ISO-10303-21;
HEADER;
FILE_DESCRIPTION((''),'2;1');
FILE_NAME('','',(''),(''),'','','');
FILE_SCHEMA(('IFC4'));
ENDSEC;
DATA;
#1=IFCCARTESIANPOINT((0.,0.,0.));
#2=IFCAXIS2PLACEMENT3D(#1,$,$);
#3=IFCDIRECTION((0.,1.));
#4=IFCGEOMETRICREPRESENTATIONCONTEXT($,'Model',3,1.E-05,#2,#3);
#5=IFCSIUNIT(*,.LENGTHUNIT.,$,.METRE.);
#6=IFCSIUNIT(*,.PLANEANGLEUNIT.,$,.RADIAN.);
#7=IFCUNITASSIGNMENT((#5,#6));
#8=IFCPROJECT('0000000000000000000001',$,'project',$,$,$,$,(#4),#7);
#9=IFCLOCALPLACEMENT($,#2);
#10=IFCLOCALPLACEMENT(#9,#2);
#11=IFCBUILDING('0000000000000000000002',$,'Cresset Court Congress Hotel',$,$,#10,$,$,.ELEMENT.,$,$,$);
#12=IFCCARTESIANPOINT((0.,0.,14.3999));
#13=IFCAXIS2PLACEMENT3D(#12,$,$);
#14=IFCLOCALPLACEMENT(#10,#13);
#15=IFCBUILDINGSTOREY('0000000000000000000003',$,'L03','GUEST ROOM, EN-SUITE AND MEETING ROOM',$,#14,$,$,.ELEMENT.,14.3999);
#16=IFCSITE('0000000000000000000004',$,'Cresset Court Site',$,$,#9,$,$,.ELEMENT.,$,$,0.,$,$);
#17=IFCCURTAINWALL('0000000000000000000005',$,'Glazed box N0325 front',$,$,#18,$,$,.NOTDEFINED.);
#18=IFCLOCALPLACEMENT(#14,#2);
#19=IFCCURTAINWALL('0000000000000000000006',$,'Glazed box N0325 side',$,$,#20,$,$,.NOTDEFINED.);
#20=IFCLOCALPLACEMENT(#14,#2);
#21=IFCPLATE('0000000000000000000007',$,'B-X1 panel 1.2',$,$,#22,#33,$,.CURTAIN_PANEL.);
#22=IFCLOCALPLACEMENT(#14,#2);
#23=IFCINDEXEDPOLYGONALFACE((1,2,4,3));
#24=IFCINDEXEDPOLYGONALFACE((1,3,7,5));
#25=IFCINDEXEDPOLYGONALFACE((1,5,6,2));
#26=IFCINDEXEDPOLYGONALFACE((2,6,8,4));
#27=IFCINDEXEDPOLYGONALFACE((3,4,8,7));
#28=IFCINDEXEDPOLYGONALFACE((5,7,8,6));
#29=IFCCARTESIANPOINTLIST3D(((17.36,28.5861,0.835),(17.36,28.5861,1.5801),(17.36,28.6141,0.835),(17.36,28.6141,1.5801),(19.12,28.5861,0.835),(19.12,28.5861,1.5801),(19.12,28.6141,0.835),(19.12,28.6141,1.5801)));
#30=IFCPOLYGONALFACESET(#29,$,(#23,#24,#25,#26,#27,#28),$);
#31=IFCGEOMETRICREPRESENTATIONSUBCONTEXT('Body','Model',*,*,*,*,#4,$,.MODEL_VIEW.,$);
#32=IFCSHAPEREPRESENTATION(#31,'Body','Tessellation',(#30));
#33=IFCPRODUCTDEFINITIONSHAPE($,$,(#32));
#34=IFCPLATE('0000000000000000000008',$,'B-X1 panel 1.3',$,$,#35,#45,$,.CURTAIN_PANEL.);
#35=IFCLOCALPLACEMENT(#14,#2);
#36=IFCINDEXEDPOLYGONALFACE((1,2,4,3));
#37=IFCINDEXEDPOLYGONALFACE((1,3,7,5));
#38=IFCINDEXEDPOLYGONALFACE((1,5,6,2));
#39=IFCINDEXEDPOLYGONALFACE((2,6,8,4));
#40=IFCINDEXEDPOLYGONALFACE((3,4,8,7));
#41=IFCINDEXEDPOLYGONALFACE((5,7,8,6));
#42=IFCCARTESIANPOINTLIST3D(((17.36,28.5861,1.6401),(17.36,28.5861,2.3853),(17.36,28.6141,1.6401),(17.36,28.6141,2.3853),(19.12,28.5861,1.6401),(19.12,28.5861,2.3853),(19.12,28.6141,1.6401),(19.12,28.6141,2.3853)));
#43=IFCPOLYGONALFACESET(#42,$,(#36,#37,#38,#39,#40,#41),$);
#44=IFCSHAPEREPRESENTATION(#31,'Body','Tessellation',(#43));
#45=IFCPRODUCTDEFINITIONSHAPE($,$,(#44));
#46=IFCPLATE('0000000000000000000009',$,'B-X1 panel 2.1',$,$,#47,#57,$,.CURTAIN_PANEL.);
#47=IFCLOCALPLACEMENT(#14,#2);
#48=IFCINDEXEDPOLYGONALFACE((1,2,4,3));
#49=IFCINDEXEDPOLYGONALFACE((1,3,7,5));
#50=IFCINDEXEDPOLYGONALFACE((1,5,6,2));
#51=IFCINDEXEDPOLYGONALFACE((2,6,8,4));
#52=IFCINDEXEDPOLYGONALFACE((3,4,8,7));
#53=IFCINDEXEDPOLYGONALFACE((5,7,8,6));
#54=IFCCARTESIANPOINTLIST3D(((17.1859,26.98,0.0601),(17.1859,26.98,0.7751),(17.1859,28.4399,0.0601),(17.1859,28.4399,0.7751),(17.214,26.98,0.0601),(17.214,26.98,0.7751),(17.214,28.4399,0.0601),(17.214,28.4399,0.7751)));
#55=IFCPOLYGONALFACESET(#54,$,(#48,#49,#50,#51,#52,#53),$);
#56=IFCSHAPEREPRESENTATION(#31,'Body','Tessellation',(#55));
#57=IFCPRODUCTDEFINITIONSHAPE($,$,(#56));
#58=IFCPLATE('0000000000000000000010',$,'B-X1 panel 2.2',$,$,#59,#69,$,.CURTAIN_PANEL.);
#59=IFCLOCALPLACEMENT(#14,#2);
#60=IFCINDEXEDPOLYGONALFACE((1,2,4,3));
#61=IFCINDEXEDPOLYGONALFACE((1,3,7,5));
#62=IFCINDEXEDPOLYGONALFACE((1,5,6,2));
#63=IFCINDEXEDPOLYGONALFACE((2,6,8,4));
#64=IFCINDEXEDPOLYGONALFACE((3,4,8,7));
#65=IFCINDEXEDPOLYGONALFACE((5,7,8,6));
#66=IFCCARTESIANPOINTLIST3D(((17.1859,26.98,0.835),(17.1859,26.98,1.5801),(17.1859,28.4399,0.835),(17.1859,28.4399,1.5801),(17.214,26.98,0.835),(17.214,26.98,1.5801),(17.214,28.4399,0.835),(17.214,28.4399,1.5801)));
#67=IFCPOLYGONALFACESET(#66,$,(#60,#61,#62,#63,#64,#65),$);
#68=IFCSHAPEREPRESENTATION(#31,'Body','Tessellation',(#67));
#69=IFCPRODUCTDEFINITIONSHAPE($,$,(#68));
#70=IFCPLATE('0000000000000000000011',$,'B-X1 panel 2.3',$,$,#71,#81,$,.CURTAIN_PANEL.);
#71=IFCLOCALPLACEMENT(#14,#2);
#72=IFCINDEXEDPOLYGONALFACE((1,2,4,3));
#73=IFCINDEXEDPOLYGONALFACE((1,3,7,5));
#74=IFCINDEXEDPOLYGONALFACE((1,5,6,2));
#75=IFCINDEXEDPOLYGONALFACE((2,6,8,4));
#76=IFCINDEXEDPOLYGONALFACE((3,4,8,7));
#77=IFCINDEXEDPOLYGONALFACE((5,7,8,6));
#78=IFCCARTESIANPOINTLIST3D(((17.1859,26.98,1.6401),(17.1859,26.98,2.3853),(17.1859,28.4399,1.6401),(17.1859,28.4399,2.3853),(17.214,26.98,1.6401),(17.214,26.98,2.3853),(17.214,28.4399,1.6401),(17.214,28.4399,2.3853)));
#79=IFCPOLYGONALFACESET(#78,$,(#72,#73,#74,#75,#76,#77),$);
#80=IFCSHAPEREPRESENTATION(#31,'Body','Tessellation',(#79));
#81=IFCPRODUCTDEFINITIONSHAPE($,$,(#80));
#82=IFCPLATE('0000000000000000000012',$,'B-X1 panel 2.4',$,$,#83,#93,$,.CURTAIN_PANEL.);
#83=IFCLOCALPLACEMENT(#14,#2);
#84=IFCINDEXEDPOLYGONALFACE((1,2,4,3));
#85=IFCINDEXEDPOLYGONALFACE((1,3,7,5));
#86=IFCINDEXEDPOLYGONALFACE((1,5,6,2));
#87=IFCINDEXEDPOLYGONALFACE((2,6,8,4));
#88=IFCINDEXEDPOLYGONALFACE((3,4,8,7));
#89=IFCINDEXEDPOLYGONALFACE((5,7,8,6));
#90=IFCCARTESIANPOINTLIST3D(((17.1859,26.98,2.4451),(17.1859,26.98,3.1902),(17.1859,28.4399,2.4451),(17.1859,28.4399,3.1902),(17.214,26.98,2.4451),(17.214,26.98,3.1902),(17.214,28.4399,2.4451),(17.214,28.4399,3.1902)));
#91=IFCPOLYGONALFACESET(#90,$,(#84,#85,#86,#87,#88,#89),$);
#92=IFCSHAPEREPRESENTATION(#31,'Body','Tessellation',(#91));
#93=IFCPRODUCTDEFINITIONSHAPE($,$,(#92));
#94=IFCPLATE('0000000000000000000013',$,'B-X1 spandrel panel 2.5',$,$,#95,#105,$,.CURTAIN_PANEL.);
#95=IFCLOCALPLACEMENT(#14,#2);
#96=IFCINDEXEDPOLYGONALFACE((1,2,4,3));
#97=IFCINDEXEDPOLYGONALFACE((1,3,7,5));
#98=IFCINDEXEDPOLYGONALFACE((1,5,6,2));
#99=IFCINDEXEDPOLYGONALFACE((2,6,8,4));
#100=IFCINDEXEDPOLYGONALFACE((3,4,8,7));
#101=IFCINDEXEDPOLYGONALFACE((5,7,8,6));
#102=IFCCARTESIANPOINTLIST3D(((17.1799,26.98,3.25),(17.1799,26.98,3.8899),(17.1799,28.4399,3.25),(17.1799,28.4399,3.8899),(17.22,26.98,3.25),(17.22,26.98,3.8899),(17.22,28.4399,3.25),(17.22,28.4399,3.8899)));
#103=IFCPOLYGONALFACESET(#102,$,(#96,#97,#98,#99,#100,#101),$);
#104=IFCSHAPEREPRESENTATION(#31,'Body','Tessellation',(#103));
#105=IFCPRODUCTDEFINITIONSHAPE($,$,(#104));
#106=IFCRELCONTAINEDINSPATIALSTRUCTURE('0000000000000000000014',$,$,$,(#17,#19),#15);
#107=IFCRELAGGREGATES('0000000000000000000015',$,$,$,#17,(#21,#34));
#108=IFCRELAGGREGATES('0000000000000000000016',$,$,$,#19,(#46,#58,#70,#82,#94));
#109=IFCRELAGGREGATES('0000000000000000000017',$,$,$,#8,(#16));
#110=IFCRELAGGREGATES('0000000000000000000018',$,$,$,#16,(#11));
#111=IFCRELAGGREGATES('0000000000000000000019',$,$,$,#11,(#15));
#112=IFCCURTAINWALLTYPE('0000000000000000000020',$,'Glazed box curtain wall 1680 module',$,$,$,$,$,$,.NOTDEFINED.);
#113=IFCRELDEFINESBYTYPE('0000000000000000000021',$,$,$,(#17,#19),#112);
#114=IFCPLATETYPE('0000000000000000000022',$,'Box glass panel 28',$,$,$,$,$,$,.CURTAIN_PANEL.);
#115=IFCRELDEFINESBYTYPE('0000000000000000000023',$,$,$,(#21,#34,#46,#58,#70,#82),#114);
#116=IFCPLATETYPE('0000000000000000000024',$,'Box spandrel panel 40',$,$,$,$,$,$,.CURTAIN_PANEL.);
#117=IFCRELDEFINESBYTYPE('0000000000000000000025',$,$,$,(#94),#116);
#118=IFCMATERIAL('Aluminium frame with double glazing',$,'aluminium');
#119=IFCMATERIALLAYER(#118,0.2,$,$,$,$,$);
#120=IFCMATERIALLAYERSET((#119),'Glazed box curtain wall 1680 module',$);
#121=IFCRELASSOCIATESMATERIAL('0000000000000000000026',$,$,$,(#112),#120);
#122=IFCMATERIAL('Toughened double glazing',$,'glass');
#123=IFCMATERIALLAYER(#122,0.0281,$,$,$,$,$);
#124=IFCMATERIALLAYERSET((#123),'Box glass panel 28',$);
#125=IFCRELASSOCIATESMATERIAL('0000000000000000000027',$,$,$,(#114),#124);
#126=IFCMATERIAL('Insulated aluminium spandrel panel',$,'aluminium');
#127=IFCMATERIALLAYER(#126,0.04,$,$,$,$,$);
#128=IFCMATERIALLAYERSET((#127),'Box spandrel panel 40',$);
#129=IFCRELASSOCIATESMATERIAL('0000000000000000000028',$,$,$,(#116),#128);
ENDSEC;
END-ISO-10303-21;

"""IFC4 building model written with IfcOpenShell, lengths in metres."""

from ifc_helpers import new_model, si_unit, direction, frame, origin, origin_2d, place, context, subcontext, project, spatial, rectangle, extrude, material, layer, layer_set, type_object, element, aggregate, save


model = new_model("IFC4")

# Units and contexts
model_context = context("Model", 3, precision=1e-05, world=origin(), true_north=direction((0.0, 1.0)))
body_context = subcontext(model_context, "Body", "Model", "MODEL_VIEW")
ifc_project = project(units=[si_unit("LENGTHUNIT", "METRE"), si_unit("PLANEANGLEUNIT", "RADIAN")], contexts=[model_context])

# Site, building, storey
site_placement = place(None, origin())
site = spatial("IfcSite", under=ifc_project, at=site_placement, Name="Cresset Court Site", CompositionType="ELEMENT", RefElevation=0.0)
building_placement = place(site_placement, origin())
building = spatial("IfcBuilding", under=site, at=building_placement, Name="Cresset Court Congress Hotel", CompositionType="ELEMENT")
storey_placement = place(building_placement, frame((0.0, 0.0, 14.3999)))
storey = spatial("IfcBuildingStorey", under=building, at=storey_placement, Name="L03", Description="GUEST ROOM, EN-SUITE AND MEETING ROOM", CompositionType="ELEMENT", Elevation=14.3999)

# Curtain walls
ifc_material_1 = material(Name="Aluminium frame with double glazing", Category="aluminium")
ifc_layer_1 = layer(ifc_material_1, 0.2)
ifc_layer_set_1 = layer_set([ifc_layer_1], Name="Glazed box curtain wall 1680 module")
curtain_wall_type = type_object("IfcCurtainWallType", Name="Glazed box curtain wall 1680 module", PredefinedType="NOTDEFINED", material=ifc_layer_set_1)
curtain_wall_1_placement = place(storey_placement, origin())
curtain_wall_1 = element("IfcCurtainWall", 1, at=curtain_wall_1_placement, inside=storey, type_object=curtain_wall_type, Name="Glazed box N0325 front", PredefinedType="NOTDEFINED")
curtain_wall_2_placement = place(storey_placement, origin())
curtain_wall_2 = element("IfcCurtainWall", 2, at=curtain_wall_2_placement, inside=storey, type_object=curtain_wall_type, Name="Glazed box N0325 side", PredefinedType="NOTDEFINED")

# Plates
ifc_material_2 = material(Name="Toughened double glazing", Category="glass")
ifc_layer_2 = layer(ifc_material_2, 0.0281)
ifc_layer_set_2 = layer_set([ifc_layer_2], Name="Box glass panel 28")
plate_type_1 = type_object("IfcPlateType", Name="Box glass panel 28", PredefinedType="CURTAIN_PANEL", material=ifc_layer_set_2)
plate_1_placement = place(storey_placement, frame((18.24, 28.6001, 0.835), z_axis=(0.0, 0.0, 1.0), x_axis=(1.0, 0.0, 0.0)))
plate_1 = element("IfcPlate", 3, at=plate_1_placement, type_object=plate_type_1, Name="B-X1 panel 1.2", PredefinedType="CURTAIN_PANEL", context=body_context, shape_type="SweptSolid", body=[
    extrude(rectangle(XDim=1.76, YDim=0.0281, at=origin_2d()), origin(), (0.0, 0.0, 1.0), 0.7451),
])
plate_2_placement = place(storey_placement, frame((18.24, 28.6001, 1.6401), z_axis=(0.0, 0.0, 1.0), x_axis=(1.0, 0.0, 0.0)))
plate_2 = element("IfcPlate", 4, at=plate_2_placement, type_object=plate_type_1, Name="B-X1 panel 1.3", PredefinedType="CURTAIN_PANEL", context=body_context, shape_type="SweptSolid", body=[
    extrude(rectangle(XDim=1.76, YDim=0.0281, at=origin_2d()), origin(), (0.0, 0.0, 1.0), 0.7451),
])
aggregate(curtain_wall_1, [plate_1, plate_2])
plate_3_placement = place(storey_placement, frame((17.2, 27.71, 0.0601), z_axis=(0.0, 0.0, 1.0), x_axis=(0.0, 1.0, 0.0)))
plate_3 = element("IfcPlate", 5, at=plate_3_placement, type_object=plate_type_1, Name="B-X1 panel 2.1", PredefinedType="CURTAIN_PANEL", context=body_context, shape_type="SweptSolid", body=[
    extrude(rectangle(XDim=1.46, YDim=0.0281, at=origin_2d()), origin(), (0.0, 0.0, 1.0), 0.7151),
])
plate_4_placement = place(storey_placement, frame((17.2, 27.71, 0.835), z_axis=(0.0, 0.0, 1.0), x_axis=(0.0, 1.0, 0.0)))
plate_4 = element("IfcPlate", 6, at=plate_4_placement, type_object=plate_type_1, Name="B-X1 panel 2.2", PredefinedType="CURTAIN_PANEL", context=body_context, shape_type="SweptSolid", body=[
    extrude(rectangle(XDim=1.46, YDim=0.0281, at=origin_2d()), origin(), (0.0, 0.0, 1.0), 0.7451),
])
plate_5_placement = place(storey_placement, frame((17.2, 27.71, 1.6401), z_axis=(0.0, 0.0, 1.0), x_axis=(0.0, 1.0, 0.0)))
plate_5 = element("IfcPlate", 7, at=plate_5_placement, type_object=plate_type_1, Name="B-X1 panel 2.3", PredefinedType="CURTAIN_PANEL", context=body_context, shape_type="SweptSolid", body=[
    extrude(rectangle(XDim=1.46, YDim=0.0281, at=origin_2d()), origin(), (0.0, 0.0, 1.0), 0.7451),
])
plate_6_placement = place(storey_placement, frame((17.2, 27.71, 2.4451), z_axis=(0.0, 0.0, 1.0), x_axis=(0.0, 1.0, 0.0)))
plate_6 = element("IfcPlate", 8, at=plate_6_placement, type_object=plate_type_1, Name="B-X1 panel 2.4", PredefinedType="CURTAIN_PANEL", context=body_context, shape_type="SweptSolid", body=[
    extrude(rectangle(XDim=1.46, YDim=0.0281, at=origin_2d()), origin(), (0.0, 0.0, 1.0), 0.7451),
])
ifc_material_3 = material(Name="Insulated aluminium spandrel panel", Category="aluminium")
ifc_layer_3 = layer(ifc_material_3, 0.04)
ifc_layer_set_3 = layer_set([ifc_layer_3], Name="Box spandrel panel 40")
plate_type_2 = type_object("IfcPlateType", Name="Box spandrel panel 40", PredefinedType="CURTAIN_PANEL", material=ifc_layer_set_3)
plate_7_placement = place(storey_placement, frame((17.2, 27.71, 3.25), z_axis=(0.0, 0.0, 1.0), x_axis=(0.0, 1.0, 0.0)))
plate_7 = element("IfcPlate", 9, at=plate_7_placement, type_object=plate_type_2, Name="B-X1 spandrel panel 2.5", PredefinedType="CURTAIN_PANEL", context=body_context, shape_type="SweptSolid", body=[
    extrude(rectangle(XDim=1.46, YDim=0.04, at=origin_2d()), origin(), (0.0, 0.0, 1.0), 0.6399),
])
aggregate(curtain_wall_2, [plate_3, plate_4, plate_5, plate_6, plate_7])

save(model, "model.ifc")
